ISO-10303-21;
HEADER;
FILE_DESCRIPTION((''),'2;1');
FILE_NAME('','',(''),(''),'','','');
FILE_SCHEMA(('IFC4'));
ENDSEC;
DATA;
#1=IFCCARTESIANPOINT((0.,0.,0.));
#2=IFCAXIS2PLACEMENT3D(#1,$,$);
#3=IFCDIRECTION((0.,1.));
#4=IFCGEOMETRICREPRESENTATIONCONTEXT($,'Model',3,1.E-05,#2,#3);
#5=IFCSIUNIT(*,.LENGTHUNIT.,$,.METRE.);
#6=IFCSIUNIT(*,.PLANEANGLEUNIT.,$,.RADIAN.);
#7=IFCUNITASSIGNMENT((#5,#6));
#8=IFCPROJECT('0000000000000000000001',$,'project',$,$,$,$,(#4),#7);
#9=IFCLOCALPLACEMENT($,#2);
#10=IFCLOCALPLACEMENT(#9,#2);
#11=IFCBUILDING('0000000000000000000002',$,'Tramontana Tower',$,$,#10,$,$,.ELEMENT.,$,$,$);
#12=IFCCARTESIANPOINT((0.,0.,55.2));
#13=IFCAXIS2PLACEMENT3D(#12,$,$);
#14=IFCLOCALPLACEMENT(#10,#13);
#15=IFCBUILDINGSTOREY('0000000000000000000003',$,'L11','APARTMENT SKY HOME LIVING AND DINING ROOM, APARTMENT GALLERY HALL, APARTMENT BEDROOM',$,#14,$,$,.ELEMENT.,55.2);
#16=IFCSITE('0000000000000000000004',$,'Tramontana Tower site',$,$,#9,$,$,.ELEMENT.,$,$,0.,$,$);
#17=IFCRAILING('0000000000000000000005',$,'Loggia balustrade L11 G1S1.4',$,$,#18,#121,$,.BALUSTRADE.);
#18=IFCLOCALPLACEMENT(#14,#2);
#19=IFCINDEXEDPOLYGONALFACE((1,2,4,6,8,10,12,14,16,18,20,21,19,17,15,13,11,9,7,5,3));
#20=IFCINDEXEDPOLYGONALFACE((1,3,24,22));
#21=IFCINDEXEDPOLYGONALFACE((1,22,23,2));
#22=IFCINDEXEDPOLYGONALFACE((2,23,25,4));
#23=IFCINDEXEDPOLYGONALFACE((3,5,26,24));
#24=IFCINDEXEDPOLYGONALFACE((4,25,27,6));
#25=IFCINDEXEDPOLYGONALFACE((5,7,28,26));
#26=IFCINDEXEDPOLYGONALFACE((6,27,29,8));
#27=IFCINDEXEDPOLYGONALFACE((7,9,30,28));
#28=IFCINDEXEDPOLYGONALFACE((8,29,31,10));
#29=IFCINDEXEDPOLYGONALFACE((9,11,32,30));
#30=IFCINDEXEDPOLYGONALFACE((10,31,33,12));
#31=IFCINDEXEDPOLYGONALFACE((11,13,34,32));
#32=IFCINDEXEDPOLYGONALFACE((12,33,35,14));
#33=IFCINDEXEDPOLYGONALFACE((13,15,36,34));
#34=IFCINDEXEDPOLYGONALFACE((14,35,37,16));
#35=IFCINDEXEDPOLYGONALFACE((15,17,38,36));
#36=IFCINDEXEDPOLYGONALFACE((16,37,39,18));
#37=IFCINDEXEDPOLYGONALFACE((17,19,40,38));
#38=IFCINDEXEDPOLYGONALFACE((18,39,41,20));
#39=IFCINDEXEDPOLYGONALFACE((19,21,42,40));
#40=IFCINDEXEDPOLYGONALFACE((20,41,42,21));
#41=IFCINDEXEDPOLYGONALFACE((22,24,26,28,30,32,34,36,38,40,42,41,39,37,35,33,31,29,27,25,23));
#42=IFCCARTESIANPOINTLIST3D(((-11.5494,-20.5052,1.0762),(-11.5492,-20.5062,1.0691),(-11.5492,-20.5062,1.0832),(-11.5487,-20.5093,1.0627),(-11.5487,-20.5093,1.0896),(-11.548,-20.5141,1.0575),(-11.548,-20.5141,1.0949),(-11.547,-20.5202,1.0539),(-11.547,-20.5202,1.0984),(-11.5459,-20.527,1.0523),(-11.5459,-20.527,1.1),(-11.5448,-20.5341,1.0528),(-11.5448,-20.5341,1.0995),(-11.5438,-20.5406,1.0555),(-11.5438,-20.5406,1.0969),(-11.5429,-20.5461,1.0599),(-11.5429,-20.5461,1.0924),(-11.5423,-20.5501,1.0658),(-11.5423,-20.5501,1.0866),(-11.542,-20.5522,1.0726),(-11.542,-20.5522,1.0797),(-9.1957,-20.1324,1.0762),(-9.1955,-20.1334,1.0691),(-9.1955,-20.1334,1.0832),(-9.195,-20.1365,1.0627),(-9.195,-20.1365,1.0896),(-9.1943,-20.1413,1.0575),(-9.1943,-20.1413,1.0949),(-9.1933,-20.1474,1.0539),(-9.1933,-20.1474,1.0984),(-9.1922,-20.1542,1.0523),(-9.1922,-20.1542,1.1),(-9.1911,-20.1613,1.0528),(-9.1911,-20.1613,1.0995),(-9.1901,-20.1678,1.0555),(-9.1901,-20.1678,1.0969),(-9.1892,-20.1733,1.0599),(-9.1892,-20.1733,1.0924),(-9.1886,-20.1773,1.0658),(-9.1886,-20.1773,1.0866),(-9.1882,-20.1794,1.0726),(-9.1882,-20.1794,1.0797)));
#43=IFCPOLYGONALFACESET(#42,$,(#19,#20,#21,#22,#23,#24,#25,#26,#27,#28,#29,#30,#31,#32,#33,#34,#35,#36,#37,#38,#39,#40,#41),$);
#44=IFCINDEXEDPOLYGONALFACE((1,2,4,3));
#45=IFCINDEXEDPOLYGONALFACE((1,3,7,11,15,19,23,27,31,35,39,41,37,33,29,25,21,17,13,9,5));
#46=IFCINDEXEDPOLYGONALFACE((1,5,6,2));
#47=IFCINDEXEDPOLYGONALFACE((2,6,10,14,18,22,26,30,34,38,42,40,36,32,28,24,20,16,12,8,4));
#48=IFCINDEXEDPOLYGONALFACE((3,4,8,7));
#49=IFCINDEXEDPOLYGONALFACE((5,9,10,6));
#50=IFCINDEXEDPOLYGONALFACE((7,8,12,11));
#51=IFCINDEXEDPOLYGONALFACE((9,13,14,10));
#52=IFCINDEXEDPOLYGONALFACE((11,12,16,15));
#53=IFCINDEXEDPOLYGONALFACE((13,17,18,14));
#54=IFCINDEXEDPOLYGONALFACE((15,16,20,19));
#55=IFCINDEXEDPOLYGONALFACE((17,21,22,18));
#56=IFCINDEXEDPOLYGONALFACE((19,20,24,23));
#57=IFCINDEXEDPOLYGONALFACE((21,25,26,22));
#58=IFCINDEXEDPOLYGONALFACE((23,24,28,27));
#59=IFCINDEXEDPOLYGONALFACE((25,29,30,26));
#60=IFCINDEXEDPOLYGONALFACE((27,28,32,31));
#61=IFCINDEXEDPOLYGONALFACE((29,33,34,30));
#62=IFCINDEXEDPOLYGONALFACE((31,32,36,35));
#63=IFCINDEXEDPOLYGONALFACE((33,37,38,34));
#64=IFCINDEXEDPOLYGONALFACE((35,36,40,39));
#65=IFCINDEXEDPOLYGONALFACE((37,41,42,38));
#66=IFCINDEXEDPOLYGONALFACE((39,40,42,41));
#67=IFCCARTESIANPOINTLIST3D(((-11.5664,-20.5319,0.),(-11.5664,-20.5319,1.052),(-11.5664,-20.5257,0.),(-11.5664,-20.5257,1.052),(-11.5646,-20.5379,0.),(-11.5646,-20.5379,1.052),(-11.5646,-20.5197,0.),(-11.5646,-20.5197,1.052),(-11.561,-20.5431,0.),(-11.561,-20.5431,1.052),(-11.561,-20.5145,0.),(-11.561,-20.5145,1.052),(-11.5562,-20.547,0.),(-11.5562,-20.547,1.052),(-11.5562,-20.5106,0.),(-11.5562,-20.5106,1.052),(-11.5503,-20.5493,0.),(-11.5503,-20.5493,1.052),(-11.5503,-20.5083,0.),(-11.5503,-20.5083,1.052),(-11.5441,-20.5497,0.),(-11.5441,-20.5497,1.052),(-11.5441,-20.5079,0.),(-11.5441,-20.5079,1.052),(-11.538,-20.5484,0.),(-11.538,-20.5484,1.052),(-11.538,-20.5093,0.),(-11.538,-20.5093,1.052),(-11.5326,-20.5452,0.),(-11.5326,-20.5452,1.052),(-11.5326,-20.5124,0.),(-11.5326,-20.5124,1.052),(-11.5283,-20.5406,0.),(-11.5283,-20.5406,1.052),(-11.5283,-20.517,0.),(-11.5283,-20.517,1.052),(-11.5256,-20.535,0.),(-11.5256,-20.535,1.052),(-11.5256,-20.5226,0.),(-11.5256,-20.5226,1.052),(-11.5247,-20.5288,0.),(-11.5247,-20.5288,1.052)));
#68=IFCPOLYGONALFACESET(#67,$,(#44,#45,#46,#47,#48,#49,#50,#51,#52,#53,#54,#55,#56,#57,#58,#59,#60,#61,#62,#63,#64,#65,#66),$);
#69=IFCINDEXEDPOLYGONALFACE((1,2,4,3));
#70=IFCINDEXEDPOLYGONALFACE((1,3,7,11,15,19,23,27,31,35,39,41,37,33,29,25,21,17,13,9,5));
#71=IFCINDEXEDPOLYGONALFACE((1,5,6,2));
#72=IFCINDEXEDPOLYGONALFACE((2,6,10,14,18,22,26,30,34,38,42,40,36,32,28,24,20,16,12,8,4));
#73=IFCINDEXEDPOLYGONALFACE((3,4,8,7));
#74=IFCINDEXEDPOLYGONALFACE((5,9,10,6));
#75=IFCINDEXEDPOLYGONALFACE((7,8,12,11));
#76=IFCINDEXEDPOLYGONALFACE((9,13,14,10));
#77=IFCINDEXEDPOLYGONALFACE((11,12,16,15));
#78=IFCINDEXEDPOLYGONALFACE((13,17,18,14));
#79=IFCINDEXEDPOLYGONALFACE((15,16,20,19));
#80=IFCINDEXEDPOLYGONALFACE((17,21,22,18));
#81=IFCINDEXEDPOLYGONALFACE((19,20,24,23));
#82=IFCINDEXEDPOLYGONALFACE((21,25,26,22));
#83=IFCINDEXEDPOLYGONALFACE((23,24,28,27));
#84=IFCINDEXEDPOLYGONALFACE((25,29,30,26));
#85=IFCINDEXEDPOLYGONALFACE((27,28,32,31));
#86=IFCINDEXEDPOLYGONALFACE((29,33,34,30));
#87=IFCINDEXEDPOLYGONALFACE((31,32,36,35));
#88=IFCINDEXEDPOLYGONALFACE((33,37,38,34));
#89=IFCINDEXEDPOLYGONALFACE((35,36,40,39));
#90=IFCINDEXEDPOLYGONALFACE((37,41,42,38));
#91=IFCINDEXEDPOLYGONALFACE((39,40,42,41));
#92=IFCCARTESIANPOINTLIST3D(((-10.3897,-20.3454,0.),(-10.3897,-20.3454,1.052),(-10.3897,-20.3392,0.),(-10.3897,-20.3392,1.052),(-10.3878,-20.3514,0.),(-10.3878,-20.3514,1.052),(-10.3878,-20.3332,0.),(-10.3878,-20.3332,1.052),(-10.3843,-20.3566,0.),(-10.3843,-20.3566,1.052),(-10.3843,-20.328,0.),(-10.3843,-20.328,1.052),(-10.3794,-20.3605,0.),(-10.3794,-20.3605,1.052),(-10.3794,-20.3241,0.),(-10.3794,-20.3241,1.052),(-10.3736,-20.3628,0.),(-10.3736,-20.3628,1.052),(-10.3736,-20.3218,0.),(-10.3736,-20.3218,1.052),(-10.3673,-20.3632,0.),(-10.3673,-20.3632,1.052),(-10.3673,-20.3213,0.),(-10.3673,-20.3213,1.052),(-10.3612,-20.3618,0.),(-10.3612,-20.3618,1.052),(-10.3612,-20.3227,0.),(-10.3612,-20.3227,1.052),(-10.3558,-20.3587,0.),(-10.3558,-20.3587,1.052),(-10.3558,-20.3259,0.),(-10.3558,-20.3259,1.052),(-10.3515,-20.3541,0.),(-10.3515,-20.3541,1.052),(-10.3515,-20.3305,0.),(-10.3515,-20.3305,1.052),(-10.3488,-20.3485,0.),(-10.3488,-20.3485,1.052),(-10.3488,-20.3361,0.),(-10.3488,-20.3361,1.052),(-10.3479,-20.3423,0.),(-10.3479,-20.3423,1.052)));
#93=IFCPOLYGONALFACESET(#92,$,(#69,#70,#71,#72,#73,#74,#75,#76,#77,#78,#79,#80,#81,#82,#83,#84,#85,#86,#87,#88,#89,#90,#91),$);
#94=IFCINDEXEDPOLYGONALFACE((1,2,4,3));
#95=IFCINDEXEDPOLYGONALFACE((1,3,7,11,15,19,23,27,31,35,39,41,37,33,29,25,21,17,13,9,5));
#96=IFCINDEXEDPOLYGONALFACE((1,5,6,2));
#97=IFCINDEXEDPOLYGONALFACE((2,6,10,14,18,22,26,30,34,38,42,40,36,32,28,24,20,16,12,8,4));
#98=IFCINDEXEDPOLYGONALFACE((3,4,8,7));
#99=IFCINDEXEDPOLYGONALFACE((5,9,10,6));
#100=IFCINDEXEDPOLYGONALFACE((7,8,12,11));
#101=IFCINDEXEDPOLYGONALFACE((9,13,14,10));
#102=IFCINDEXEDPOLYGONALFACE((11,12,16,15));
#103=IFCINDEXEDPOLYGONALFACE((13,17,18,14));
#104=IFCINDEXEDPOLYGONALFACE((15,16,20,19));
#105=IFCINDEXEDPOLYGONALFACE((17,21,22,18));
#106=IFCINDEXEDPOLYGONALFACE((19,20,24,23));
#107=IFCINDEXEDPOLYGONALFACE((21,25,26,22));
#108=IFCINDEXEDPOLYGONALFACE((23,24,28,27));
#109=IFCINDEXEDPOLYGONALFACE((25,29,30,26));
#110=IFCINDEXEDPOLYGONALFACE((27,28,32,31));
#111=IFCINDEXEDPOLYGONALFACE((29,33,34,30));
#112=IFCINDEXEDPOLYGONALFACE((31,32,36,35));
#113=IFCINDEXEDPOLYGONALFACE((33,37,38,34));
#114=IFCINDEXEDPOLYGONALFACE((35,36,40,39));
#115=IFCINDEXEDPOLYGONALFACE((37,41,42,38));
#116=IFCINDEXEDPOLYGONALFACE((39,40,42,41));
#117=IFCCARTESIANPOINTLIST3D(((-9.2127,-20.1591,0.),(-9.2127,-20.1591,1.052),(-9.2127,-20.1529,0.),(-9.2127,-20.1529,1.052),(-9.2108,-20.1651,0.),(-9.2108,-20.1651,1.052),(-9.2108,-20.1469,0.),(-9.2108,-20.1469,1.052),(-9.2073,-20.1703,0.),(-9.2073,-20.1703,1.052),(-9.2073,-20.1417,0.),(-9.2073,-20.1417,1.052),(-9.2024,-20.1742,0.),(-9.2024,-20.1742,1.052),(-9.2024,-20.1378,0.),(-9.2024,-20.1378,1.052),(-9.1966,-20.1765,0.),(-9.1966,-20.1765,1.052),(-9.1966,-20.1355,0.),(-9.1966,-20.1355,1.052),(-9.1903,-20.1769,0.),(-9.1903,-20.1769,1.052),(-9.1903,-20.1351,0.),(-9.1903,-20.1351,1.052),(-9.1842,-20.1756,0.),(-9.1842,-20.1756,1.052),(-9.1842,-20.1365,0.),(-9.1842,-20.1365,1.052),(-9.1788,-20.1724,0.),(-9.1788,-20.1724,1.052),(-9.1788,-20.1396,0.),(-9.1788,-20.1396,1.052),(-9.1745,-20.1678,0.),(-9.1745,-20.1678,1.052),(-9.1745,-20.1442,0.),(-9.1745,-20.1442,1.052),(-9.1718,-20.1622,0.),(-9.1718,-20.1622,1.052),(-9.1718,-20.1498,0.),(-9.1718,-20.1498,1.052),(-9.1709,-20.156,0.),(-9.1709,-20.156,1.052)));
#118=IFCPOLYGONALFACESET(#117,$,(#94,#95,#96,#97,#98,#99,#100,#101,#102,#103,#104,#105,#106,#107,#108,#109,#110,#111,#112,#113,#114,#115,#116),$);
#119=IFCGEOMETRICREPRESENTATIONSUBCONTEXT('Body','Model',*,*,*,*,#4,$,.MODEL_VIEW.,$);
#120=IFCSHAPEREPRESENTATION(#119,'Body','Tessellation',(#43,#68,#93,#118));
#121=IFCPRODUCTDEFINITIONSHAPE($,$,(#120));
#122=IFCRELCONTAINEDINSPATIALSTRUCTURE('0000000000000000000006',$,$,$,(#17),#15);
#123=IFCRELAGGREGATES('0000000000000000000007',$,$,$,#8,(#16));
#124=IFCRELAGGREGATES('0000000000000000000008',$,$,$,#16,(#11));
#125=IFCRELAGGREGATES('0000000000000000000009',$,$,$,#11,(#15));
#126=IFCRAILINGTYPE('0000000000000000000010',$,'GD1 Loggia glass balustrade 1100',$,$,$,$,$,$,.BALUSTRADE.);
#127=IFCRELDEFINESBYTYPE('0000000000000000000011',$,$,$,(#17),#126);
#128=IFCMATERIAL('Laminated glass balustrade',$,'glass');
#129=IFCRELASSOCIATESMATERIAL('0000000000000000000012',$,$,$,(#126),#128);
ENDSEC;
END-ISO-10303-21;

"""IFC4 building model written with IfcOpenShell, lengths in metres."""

from ifc_helpers import new_model, si_unit, direction, frame, origin, origin_2d, place, context, subcontext, project, spatial, circle, extrude, material, type_object, element, save


model = new_model("IFC4")

# Units and contexts
model_context = context("Model", 3, precision=1e-05, world=origin(), true_north=direction((0.0, 1.0)))
body_context = subcontext(model_context, "Body", "Model", "MODEL_VIEW")
ifc_project = project(units=[si_unit("LENGTHUNIT", "METRE"), si_unit("PLANEANGLEUNIT", "RADIAN")], contexts=[model_context])

# Site, building, storey
site_placement = place(None, origin())
site = spatial("IfcSite", under=ifc_project, at=site_placement, Name="Tramontana Tower site", CompositionType="ELEMENT", RefElevation=0.0)
building_placement = place(site_placement, origin())
building = spatial("IfcBuilding", under=site, at=building_placement, Name="Tramontana Tower", CompositionType="ELEMENT")
storey_placement = place(building_placement, frame((0.0, 0.0, 55.2)))
storey = spatial("IfcBuildingStorey", under=building, at=storey_placement, Name="L11", Description="APARTMENT SKY HOME LIVING AND DINING ROOM, APARTMENT GALLERY HALL, APARTMENT BEDROOM", CompositionType="ELEMENT", Elevation=55.2)

# Railing
ifc_material_1 = material(Name="Laminated glass balustrade", Category="glass")
railing_type = type_object("IfcRailingType", Name="GD1 Loggia glass balustrade 1100", PredefinedType="BALUSTRADE", material=ifc_material_1)
railing_1_placement = place(storey_placement, frame((-11.5457, -20.5288, 0.0)))
element("IfcRailing", 1, at=railing_1_placement, inside=storey, type_object=railing_type, Name="Loggia balustrade L11 G1S1.4", PredefinedType="BALUSTRADE", context=body_context, shape_type="SweptSolid", body=[
    extrude(circle(Radius=0.0239, at=origin_2d()), frame((0.0, 0.0, 1.0762), z_axis=(0.987688, 0.156436, 0.0), x_axis=(-0.156436, 0.987688, 0.0)), (0.0, 0.0, 1.0), 2.3831),
    extrude(circle(Radius=0.021, at=origin_2d()), origin(), (0.0, 0.0, 1.0), 1.052),
    extrude(circle(Radius=0.021, at=origin_2d()), frame((1.1768, 0.1865, 0.0)), (0.0, 0.0, 1.0), 1.052),
    extrude(circle(Radius=0.021, at=origin_2d()), frame((2.3538, 0.3728, 0.0)), (0.0, 0.0, 1.0), 1.052),
])

save(model, "model.ifc")
